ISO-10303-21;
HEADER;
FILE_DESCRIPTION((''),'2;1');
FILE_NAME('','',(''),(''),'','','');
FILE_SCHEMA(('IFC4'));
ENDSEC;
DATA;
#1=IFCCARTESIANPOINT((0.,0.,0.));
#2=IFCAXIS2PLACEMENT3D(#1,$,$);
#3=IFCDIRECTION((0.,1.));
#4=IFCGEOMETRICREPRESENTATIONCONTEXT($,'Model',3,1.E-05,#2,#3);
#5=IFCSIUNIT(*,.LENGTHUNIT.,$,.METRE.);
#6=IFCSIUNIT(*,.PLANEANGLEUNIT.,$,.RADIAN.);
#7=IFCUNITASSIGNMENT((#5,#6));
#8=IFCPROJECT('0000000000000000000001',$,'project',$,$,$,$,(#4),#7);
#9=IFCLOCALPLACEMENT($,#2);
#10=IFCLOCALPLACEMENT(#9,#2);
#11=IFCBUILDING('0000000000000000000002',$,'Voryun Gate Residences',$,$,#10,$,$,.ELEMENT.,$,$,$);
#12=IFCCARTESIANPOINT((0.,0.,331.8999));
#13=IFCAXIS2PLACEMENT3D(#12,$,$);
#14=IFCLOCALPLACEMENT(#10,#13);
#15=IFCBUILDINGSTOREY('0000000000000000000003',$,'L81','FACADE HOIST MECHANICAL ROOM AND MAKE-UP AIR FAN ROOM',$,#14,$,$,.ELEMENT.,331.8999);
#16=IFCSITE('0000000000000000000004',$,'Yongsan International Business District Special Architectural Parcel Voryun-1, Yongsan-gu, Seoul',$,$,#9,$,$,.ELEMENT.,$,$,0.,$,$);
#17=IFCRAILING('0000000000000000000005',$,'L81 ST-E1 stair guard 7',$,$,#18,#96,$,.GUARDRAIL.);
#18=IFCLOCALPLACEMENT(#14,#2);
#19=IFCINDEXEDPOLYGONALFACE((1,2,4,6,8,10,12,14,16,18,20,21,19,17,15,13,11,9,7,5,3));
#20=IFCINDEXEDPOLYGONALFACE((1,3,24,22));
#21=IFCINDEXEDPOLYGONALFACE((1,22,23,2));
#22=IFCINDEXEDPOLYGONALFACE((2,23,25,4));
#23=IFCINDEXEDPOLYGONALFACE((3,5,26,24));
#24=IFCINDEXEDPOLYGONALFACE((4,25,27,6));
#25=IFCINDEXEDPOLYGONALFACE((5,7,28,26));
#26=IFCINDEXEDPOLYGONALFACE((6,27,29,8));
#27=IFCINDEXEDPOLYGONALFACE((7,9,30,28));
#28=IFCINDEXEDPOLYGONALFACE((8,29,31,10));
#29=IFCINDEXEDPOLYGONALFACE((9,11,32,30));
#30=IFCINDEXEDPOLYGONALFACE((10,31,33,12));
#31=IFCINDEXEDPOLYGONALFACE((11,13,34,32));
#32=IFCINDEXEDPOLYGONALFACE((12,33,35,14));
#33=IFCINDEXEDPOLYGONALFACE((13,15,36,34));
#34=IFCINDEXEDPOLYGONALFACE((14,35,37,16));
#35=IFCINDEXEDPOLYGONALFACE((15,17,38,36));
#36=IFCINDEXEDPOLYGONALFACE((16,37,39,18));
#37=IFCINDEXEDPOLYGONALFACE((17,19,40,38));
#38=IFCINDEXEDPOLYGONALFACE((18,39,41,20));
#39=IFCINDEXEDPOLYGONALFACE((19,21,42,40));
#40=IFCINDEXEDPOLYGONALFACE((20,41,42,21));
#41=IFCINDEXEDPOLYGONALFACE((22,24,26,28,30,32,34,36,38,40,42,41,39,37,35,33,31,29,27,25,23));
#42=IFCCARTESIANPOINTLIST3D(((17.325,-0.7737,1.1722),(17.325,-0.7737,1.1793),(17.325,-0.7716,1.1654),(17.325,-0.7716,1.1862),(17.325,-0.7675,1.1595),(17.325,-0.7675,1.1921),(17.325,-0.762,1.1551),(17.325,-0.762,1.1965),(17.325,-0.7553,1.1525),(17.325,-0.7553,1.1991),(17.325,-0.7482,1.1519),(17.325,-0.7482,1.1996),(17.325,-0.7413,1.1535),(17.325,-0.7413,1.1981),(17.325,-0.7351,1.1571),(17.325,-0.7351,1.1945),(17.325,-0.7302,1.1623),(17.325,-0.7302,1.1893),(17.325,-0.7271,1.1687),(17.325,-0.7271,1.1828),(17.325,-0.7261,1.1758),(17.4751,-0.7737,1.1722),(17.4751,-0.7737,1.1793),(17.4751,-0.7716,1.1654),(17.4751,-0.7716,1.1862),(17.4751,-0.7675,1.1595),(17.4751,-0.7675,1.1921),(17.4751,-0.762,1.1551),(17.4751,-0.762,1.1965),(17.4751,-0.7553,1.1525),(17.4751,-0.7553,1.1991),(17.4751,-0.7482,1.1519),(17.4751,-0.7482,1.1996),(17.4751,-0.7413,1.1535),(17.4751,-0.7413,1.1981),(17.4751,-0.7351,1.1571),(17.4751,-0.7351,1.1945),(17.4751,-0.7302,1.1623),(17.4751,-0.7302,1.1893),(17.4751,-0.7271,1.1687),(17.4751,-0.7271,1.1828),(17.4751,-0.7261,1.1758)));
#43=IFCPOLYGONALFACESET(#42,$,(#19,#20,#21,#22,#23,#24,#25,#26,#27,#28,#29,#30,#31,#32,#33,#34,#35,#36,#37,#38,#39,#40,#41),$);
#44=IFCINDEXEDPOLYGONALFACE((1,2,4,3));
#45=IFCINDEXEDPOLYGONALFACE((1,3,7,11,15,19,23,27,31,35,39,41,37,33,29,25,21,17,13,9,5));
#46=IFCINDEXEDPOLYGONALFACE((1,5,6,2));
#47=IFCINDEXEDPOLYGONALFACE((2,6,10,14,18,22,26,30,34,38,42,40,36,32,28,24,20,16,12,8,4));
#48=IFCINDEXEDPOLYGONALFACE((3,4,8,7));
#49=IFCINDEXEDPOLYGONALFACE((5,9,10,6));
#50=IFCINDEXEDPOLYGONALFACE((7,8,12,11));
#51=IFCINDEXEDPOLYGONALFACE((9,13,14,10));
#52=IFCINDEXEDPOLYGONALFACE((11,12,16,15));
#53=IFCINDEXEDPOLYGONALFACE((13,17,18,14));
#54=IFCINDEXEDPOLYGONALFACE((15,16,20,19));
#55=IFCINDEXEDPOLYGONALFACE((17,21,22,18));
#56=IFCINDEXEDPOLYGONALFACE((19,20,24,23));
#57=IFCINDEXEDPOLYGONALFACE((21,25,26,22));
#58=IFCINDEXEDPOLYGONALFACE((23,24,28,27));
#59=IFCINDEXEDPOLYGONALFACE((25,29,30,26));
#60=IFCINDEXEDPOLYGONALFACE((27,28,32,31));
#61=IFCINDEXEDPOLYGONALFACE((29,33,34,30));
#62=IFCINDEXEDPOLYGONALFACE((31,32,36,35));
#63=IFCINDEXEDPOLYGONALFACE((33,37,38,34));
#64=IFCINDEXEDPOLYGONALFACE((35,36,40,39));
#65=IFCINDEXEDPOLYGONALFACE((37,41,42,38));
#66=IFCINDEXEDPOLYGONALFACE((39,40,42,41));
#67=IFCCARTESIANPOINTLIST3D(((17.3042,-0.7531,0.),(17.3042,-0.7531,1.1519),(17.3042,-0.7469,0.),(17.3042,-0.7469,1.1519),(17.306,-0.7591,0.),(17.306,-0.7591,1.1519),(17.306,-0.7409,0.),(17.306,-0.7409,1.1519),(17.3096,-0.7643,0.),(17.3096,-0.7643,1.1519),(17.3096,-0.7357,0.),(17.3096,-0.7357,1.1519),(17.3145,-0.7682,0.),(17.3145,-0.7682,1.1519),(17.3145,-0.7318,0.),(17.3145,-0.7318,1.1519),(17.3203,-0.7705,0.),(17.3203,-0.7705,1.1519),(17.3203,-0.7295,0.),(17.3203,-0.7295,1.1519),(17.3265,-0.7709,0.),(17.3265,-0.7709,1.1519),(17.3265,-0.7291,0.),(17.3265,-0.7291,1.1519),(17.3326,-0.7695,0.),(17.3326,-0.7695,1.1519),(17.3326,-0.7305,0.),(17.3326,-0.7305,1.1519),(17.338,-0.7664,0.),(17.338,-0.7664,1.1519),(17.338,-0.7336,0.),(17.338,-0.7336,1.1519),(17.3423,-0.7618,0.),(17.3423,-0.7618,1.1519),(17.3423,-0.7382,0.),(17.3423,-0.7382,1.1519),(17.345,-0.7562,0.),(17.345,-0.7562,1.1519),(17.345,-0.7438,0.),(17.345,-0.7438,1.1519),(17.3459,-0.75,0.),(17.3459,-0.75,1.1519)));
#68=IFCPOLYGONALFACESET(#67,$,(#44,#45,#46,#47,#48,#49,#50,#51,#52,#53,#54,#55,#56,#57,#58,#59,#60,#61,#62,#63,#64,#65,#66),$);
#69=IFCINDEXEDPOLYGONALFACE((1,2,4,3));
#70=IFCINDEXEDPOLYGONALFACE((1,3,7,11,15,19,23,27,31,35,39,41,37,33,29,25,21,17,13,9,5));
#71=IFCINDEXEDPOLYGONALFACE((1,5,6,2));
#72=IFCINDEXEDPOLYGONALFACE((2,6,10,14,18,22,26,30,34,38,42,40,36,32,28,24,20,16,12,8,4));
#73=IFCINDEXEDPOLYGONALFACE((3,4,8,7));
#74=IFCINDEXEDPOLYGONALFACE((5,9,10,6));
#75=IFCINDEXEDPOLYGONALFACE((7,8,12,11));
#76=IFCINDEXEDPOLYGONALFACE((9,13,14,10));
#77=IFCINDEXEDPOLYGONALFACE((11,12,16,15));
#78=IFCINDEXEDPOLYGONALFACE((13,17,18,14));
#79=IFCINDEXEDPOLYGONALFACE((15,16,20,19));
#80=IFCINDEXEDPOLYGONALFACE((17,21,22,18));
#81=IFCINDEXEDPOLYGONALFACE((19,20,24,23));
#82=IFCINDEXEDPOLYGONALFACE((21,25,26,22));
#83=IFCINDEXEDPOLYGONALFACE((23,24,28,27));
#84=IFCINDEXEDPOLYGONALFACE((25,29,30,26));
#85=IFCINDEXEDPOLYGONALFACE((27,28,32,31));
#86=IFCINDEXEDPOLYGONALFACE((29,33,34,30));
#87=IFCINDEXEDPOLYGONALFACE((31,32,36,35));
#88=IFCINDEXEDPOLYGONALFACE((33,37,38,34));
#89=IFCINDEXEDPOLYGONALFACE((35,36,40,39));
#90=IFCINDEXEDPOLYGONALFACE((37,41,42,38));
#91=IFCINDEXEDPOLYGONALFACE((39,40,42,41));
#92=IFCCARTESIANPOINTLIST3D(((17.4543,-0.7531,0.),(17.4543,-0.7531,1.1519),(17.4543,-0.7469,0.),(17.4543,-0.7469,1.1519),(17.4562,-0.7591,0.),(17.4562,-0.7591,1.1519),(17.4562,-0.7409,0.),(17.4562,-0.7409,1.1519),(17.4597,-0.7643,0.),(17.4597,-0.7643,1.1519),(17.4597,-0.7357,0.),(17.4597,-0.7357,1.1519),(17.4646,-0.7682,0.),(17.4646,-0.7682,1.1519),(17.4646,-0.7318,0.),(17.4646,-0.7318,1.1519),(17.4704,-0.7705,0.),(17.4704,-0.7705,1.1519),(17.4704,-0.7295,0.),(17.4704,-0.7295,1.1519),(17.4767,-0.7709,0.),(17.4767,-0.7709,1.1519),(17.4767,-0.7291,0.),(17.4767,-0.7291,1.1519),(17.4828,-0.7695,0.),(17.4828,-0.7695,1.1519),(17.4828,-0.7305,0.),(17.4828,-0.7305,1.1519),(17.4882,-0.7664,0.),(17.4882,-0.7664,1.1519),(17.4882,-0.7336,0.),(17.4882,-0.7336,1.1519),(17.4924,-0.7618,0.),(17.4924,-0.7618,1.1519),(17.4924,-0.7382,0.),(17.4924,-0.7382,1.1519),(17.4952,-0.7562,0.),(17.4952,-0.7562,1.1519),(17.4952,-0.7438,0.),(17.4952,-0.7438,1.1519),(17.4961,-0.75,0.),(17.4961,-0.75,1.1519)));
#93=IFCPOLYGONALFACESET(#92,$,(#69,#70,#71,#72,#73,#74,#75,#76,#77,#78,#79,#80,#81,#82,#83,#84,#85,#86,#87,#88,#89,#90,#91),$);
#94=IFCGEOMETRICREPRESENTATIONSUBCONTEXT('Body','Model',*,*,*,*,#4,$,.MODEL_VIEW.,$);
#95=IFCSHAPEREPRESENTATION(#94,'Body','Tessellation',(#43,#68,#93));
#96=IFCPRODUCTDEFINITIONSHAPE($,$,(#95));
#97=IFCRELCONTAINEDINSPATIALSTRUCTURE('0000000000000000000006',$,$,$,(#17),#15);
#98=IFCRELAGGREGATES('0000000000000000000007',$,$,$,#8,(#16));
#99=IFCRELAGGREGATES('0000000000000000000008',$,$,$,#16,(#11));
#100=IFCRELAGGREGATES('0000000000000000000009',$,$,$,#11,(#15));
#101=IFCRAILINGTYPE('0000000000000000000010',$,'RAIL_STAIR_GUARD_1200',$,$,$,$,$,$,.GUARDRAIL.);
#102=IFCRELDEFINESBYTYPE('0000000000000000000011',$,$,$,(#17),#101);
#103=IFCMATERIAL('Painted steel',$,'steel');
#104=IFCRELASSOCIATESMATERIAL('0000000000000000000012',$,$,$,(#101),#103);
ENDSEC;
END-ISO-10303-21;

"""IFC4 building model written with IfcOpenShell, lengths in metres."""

from ifc_helpers import new_model, si_unit, direction, frame, origin, origin_2d, place, context, subcontext, project, spatial, circle, extrude, material, type_object, element, save


model = new_model("IFC4")

# Units and contexts
model_context = context("Model", 3, precision=1e-05, world=origin(), true_north=direction((0.0, 1.0)))
body_context = subcontext(model_context, "Body", "Model", "MODEL_VIEW")
ifc_project = project(units=[si_unit("LENGTHUNIT", "METRE"), si_unit("PLANEANGLEUNIT", "RADIAN")], contexts=[model_context])

# Site, building, storey
site_placement = place(None, origin())
site = spatial("IfcSite", under=ifc_project, at=site_placement, Name="Yongsan International Business District Special Architectural Parcel Voryun-1, Yongsan-gu, Seoul", CompositionType="ELEMENT", RefElevation=0.0)
building_placement = place(site_placement, origin())
building = spatial("IfcBuilding", under=site, at=building_placement, Name="Voryun Gate Residences", CompositionType="ELEMENT")
storey_placement = place(building_placement, frame((0.0, 0.0, 331.8999)))
storey = spatial("IfcBuildingStorey", under=building, at=storey_placement, Name="L81", Description="FACADE HOIST MECHANICAL ROOM AND MAKE-UP AIR FAN ROOM", CompositionType="ELEMENT", Elevation=331.8999)

# Railing
ifc_material_1 = material(Name="Painted steel", Category="steel")
railing_type_1 = type_object("IfcRailingType", Name="RAIL_STAIR_GUARD_1200", PredefinedType="GUARDRAIL", material=ifc_material_1)
railing_1_placement = place(storey_placement, frame((17.325, -0.75, 0.0)))
element("IfcRailing", 1, at=railing_1_placement, inside=storey, type_object=railing_type_1, Name="L81 ST-E1 stair guard 7", PredefinedType="GUARDRAIL", context=body_context, shape_type="SweptSolid", body=[
    extrude(circle(Radius=0.0239, at=origin_2d()), frame((0.0, 0.0, 1.1758), z_axis=(1.0, 0.0, 0.0), x_axis=(0.0, 1.0, 0.0)), (0.0, 0.0, 1.0), 0.1501),
    extrude(circle(Radius=0.021, at=origin_2d()), origin(), (0.0, 0.0, 1.0), 1.1519),
    extrude(circle(Radius=0.021, at=origin_2d()), frame((0.1501, 0.0, 0.0)), (0.0, 0.0, 1.0), 1.1519),
])

save(model, "model.ifc")
